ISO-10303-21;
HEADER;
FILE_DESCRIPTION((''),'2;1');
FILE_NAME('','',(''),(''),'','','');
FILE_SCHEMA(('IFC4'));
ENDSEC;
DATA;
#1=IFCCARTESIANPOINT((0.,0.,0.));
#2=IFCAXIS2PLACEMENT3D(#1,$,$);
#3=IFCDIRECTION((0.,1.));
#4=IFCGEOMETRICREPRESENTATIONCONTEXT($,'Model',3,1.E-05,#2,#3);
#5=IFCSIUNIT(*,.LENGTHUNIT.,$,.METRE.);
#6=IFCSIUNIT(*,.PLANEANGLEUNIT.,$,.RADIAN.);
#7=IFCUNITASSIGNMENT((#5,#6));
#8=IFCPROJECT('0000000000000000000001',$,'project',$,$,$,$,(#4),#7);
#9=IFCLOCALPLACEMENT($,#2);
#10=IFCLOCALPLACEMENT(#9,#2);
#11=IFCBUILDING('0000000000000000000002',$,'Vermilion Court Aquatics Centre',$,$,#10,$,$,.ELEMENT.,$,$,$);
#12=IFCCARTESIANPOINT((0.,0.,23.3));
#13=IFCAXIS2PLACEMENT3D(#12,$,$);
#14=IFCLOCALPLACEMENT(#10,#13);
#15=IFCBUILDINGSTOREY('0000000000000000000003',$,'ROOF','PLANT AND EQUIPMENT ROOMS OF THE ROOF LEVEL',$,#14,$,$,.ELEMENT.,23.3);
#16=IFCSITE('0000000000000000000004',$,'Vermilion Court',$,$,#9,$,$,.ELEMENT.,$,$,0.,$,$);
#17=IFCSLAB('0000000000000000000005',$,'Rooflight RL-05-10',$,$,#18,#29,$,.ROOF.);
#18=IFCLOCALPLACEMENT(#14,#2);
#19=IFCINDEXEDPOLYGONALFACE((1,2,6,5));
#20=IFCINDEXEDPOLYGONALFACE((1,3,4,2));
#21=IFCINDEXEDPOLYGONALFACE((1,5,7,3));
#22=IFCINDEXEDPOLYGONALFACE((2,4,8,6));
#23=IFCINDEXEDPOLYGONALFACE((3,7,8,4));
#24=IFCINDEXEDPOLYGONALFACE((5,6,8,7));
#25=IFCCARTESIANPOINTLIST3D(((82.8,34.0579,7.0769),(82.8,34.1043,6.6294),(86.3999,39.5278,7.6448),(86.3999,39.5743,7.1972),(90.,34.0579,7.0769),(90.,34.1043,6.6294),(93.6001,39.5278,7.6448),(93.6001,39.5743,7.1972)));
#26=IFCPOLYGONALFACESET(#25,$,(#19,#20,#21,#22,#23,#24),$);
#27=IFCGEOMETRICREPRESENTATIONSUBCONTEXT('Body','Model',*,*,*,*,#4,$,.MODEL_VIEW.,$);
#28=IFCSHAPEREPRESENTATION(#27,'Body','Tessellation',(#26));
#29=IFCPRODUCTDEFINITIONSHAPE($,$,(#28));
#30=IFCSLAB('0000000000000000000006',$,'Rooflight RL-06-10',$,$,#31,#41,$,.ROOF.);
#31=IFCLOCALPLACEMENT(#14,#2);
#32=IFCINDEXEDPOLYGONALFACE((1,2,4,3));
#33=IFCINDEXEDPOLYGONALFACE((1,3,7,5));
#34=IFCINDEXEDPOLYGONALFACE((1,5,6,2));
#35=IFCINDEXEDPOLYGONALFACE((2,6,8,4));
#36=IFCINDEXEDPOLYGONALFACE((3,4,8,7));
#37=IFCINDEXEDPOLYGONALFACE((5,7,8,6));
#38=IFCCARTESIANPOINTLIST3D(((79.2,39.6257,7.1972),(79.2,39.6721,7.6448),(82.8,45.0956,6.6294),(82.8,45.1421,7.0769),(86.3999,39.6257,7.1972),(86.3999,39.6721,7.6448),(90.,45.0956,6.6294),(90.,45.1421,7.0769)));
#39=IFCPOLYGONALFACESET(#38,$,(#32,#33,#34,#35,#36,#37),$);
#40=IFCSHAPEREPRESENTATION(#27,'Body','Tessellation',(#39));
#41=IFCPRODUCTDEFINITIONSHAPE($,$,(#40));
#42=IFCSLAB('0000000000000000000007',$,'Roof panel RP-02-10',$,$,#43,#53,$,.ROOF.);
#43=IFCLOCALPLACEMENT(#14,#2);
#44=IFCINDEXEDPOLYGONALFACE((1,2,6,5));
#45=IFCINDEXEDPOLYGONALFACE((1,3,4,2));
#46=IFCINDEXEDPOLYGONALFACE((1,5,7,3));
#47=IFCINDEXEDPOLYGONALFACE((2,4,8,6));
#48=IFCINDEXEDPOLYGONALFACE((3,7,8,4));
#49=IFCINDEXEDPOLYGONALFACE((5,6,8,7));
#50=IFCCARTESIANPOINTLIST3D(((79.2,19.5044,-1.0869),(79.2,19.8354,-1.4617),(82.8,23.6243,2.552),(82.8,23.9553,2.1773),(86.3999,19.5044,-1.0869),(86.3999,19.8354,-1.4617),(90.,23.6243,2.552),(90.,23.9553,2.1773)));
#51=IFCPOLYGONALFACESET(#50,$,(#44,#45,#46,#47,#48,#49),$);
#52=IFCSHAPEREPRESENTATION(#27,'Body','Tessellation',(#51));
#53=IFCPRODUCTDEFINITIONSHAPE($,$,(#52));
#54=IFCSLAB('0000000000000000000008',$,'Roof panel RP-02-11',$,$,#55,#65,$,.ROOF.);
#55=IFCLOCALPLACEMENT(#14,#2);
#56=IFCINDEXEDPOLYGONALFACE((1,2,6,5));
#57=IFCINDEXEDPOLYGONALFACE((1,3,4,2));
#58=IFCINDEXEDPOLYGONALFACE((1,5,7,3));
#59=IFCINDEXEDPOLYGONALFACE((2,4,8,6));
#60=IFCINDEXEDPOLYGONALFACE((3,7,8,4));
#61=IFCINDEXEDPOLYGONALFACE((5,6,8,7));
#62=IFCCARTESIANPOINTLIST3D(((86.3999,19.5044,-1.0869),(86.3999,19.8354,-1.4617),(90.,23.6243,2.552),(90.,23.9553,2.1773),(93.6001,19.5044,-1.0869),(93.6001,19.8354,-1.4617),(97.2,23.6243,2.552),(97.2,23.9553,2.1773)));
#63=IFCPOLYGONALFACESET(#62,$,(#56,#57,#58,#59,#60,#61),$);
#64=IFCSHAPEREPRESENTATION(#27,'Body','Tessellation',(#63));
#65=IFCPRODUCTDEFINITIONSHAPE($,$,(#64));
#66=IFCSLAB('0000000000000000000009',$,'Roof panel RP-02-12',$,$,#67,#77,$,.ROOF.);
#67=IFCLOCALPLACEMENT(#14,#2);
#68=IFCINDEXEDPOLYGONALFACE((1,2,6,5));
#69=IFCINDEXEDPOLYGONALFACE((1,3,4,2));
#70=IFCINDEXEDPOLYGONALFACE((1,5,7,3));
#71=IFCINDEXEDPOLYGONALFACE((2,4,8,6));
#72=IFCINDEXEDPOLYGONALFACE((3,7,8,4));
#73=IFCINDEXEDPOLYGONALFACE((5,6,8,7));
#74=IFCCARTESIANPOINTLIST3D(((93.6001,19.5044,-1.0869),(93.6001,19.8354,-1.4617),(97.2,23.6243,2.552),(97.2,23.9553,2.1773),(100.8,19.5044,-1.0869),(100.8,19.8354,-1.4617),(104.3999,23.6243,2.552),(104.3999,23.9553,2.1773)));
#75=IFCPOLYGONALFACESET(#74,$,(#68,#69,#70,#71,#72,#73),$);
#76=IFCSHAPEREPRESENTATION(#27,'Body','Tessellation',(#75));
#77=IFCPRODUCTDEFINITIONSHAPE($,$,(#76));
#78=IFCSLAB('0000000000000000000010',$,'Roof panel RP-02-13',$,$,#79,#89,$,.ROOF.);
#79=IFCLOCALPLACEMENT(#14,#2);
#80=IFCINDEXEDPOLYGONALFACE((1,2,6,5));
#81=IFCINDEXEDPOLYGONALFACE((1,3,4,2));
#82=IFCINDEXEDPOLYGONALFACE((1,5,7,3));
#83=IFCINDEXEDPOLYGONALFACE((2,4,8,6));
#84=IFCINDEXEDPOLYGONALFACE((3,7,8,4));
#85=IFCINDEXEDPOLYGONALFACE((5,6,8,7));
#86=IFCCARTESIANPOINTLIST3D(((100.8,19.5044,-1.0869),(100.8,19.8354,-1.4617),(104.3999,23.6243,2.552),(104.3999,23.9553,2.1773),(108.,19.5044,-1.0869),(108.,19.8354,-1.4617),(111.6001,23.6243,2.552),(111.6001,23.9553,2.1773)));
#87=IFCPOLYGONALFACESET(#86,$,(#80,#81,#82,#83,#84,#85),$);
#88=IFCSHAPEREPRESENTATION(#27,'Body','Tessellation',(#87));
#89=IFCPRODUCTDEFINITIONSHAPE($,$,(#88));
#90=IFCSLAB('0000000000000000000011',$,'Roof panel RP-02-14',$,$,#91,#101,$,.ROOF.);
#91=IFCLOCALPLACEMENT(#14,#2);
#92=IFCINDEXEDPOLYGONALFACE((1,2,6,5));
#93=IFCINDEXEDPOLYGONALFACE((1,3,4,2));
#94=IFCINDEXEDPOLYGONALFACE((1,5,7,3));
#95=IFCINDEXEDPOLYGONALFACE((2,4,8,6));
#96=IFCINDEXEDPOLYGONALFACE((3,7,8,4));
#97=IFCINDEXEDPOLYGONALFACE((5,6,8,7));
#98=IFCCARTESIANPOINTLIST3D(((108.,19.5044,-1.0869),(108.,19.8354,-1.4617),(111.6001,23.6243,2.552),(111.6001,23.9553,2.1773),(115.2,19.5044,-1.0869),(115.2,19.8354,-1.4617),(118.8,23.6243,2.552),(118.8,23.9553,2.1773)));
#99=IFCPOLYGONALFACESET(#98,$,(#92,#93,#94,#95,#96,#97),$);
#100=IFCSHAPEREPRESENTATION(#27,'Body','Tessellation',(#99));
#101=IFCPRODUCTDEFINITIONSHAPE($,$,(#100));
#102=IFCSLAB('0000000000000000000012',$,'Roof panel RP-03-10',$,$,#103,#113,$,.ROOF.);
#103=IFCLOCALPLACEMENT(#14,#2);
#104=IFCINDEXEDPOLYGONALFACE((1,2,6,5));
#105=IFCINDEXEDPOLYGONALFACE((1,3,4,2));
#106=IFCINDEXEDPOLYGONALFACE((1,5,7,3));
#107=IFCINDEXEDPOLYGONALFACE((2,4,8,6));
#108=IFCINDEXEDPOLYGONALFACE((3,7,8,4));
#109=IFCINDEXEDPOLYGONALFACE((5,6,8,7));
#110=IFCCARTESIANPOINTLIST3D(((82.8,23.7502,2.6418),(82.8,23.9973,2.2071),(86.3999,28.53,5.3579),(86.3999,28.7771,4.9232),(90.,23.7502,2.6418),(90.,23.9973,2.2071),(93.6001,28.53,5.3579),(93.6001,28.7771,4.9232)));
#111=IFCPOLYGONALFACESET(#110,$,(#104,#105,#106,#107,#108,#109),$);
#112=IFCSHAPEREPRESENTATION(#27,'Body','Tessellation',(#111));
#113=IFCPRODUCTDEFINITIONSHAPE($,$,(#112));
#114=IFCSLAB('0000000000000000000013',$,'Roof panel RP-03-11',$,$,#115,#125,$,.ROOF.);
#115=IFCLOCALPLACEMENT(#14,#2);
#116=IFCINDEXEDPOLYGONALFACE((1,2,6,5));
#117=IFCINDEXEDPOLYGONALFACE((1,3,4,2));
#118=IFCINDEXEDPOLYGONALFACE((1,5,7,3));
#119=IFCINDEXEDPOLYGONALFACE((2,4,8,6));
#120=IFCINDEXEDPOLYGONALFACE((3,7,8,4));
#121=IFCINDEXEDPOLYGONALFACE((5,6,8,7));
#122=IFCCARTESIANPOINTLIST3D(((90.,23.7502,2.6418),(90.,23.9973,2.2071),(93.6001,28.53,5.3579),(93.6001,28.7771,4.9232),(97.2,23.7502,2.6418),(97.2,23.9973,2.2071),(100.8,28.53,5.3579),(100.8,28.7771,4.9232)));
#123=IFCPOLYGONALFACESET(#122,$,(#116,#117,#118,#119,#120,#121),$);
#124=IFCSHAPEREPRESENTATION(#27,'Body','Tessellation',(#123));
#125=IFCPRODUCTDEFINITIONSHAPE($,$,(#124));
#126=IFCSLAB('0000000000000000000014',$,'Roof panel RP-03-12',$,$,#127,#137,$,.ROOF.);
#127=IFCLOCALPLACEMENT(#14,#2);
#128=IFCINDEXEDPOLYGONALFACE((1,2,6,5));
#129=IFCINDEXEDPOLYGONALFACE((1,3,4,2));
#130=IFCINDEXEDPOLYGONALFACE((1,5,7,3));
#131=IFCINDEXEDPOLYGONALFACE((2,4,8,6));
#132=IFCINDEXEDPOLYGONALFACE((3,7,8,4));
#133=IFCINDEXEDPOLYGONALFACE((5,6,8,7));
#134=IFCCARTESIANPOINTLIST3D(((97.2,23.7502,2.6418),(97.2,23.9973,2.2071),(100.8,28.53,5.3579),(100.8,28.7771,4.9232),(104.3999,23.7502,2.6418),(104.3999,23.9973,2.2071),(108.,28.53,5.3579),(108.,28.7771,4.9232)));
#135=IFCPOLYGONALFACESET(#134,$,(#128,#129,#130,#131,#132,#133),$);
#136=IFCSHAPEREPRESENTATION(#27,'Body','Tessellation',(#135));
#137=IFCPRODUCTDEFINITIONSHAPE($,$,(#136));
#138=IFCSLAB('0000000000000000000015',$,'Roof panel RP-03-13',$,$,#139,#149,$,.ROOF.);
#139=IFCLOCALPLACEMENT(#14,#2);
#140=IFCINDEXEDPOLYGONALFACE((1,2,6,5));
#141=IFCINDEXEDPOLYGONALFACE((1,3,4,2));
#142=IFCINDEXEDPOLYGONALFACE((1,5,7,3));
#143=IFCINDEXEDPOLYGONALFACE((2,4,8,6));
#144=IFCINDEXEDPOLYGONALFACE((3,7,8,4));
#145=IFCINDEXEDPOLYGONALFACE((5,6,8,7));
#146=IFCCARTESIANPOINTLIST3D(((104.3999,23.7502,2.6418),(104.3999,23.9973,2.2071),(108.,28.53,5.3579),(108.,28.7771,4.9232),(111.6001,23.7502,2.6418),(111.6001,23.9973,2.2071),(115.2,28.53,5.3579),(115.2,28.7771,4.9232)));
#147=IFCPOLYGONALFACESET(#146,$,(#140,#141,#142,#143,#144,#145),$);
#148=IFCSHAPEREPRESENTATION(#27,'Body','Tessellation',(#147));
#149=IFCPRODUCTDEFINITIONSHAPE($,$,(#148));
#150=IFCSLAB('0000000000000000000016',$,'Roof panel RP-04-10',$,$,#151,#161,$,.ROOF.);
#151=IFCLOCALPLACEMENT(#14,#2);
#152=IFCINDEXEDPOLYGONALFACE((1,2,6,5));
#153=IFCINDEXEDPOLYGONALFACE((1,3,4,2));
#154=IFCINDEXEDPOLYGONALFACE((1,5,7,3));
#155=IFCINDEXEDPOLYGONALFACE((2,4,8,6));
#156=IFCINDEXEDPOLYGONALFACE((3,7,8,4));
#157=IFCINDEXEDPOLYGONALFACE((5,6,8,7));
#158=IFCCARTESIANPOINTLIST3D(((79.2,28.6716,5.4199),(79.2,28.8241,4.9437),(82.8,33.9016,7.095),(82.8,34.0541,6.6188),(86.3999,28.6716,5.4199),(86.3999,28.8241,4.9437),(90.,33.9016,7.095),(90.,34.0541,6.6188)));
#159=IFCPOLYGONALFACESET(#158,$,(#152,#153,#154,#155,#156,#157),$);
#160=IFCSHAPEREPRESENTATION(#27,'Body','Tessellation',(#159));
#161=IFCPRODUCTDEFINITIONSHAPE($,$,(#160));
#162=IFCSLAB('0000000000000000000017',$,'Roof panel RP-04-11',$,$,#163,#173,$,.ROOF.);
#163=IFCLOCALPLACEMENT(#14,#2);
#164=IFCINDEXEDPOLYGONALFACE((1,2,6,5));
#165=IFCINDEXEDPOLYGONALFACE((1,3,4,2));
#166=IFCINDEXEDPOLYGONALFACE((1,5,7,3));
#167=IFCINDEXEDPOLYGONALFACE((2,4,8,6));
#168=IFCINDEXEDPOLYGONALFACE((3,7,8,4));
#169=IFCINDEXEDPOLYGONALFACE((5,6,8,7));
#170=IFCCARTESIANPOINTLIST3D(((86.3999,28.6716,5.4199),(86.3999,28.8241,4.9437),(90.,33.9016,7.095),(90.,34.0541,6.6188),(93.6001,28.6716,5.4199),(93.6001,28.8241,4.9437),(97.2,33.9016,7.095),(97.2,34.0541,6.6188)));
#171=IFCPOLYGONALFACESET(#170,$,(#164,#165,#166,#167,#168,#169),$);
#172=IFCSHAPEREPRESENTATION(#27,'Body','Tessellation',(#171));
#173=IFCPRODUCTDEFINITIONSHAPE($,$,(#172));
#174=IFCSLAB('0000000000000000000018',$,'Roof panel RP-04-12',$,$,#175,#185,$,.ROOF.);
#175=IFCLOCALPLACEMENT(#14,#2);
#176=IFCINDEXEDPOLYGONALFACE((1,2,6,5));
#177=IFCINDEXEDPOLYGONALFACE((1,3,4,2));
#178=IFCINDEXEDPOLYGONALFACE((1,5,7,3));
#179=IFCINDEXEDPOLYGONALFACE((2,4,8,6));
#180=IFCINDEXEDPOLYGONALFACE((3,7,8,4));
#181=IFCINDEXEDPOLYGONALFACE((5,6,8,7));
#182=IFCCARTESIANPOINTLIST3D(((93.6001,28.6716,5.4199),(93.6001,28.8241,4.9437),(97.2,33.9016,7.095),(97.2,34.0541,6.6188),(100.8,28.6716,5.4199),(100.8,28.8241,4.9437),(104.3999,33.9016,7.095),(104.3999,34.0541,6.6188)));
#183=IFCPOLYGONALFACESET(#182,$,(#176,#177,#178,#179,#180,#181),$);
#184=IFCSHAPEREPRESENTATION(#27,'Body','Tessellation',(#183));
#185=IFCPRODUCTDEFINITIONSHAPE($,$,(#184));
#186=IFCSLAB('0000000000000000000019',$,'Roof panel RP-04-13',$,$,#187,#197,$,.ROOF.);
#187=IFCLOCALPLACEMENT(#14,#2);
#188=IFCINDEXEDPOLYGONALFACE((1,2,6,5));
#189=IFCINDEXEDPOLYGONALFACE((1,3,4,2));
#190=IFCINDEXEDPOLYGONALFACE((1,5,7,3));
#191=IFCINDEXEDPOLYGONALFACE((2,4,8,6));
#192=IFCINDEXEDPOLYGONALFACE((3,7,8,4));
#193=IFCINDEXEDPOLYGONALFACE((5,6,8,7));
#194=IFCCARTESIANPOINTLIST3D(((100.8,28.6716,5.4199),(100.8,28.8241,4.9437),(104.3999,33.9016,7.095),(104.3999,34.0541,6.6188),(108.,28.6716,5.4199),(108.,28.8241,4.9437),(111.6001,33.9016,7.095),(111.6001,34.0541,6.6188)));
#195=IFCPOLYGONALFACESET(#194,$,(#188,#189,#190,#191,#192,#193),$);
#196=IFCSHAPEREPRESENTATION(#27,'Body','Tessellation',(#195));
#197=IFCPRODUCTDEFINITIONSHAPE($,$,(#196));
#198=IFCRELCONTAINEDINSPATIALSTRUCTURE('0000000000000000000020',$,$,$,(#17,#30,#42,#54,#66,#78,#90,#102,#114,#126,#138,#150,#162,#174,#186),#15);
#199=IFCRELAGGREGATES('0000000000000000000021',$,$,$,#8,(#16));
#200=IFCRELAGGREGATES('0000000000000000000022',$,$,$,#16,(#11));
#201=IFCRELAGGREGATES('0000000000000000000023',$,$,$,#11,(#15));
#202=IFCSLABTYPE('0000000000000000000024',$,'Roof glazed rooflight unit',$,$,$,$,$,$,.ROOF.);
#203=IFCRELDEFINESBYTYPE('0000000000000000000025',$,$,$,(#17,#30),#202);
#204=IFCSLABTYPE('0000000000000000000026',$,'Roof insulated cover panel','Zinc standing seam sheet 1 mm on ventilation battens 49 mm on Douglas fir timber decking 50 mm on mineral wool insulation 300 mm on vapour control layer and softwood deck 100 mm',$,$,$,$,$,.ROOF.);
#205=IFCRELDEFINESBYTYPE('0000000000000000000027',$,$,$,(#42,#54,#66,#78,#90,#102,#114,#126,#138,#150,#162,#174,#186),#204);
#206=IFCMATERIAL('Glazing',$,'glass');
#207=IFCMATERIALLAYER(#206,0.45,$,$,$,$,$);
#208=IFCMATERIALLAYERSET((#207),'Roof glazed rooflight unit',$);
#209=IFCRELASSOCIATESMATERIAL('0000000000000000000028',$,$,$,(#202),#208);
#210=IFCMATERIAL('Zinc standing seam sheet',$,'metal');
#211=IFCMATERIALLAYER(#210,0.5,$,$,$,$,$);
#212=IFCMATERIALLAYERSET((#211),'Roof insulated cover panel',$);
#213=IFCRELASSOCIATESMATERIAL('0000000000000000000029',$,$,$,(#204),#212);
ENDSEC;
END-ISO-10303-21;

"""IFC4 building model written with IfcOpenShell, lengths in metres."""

from ifc_helpers import new_model, si_unit, direction, frame, origin, place, context, subcontext, project, spatial, polyline, outline, extrude, material, layer, layer_set, type_object, element, save


model = new_model("IFC4")

# Units and contexts
model_context = context("Model", 3, precision=1e-05, world=origin(), true_north=direction((0.0, 1.0)))
body_context = subcontext(model_context, "Body", "Model", "MODEL_VIEW")
ifc_project = project(units=[si_unit("LENGTHUNIT", "METRE"), si_unit("PLANEANGLEUNIT", "RADIAN")], contexts=[model_context])

# Site, building, storey
site_placement = place(None, origin())
site = spatial("IfcSite", under=ifc_project, at=site_placement, Name="Vermilion Court", CompositionType="ELEMENT", RefElevation=0.0)
building_placement = place(site_placement, origin())
building = spatial("IfcBuilding", under=site, at=building_placement, Name="Vermilion Court Aquatics Centre", CompositionType="ELEMENT")
storey_placement = place(building_placement, frame((0.0, 0.0, 23.3)))
storey = spatial("IfcBuildingStorey", under=building, at=storey_placement, Name="ROOF", Description="PLANT AND EQUIPMENT ROOMS OF THE ROOF LEVEL", CompositionType="ELEMENT", Elevation=23.3)

# Slabs
ifc_material_1 = material(Name="Glazing", Category="glass")
ifc_layer_1 = layer(ifc_material_1, 0.45)
ifc_layer_set_1 = layer_set([ifc_layer_1], Name="Roof glazed rooflight unit")
slab_type_1 = type_object("IfcSlabType", Name="Roof glazed rooflight unit", PredefinedType="ROOF", material=ifc_layer_set_1)
slab_1_placement = place(storey_placement, frame((82.8, 34.0579, 7.0769), z_axis=(0.0, -0.103261, 0.994654), x_axis=(1.0, 0.0, 0.0)))
element("IfcSlab", 1, at=slab_1_placement, inside=storey, type_object=slab_type_1, Name="Rooflight RL-05-10", PredefinedType="ROOF", context=body_context, shape_type="SweptSolid", body=[
    extrude(outline(polyline([(0.0, 0.0), (7.2, 0.0), (10.8, 5.4994), (3.5999, 5.4994), (0.0, 0.0)])), origin(), (0.0, 0.0, -1.0), 0.45),
])
slab_2_placement = place(storey_placement, frame((79.2, 39.6721, 7.6448), z_axis=(0.0, 0.103261, 0.994654), x_axis=(1.0, 0.0, 0.0)))
element("IfcSlab", 2, at=slab_2_placement, inside=storey, type_object=slab_type_1, Name="Rooflight RL-06-10", PredefinedType="ROOF", context=body_context, shape_type="SweptSolid", body=[
    extrude(outline(polyline([(0.0, 0.0), (7.2, 0.0), (10.8, 5.4994), (3.6001, 5.4994), (0.0, 0.0)])), origin(), (0.0, 0.0, -1.0), 0.45),
])
ifc_material_2 = material(Name="Zinc standing seam sheet", Category="metal")
ifc_layer_2 = layer(ifc_material_2, 0.5)
ifc_layer_set_2 = layer_set([ifc_layer_2], Name="Roof insulated cover panel")
slab_type_2 = type_object("IfcSlabType", Name="Roof insulated cover panel", Description="Zinc standing seam sheet 1 mm on ventilation battens 49 mm on Douglas fir timber decking 50 mm on mineral wool insulation 300 mm on vapour control layer and softwood deck 100 mm", PredefinedType="ROOF", material=ifc_layer_set_2)
slab_3_placement = place(storey_placement, frame((79.2, 19.5044, -1.0869), z_axis=(0.0, -0.662003, 0.749501), x_axis=(1.0, 0.0, 0.0)))
element("IfcSlab", 3, at=slab_3_placement, inside=storey, type_object=slab_type_2, Name="Roof panel RP-02-10", PredefinedType="ROOF", context=body_context, shape_type="SweptSolid", body=[
    extrude(outline(polyline([(0.0, 0.0), (7.2, 0.0), (10.8, 5.4968), (3.6001, 5.4968), (0.0, 0.0)])), origin(), (0.0, 0.0, -1.0), 0.5),
])
slab_4_placement = place(storey_placement, frame((86.3999, 19.5044, -1.0869), z_axis=(0.0, -0.662003, 0.749501), x_axis=(1.0, 0.0, 0.0)))
element("IfcSlab", 4, at=slab_4_placement, inside=storey, type_object=slab_type_2, Name="Roof panel RP-02-11", PredefinedType="ROOF", context=body_context, shape_type="SweptSolid", body=[
    extrude(outline(polyline([(0.0, 0.0), (7.2002, 0.0), (10.8, 5.4968), (3.6001, 5.4968), (0.0, 0.0)])), origin(), (0.0, 0.0, -1.0), 0.5),
])
slab_5_placement = place(storey_placement, frame((93.6001, 19.5044, -1.0869), z_axis=(0.0, -0.662003, 0.749501), x_axis=(1.0, 0.0, 0.0)))
element("IfcSlab", 5, at=slab_5_placement, inside=storey, type_object=slab_type_2, Name="Roof panel RP-02-12", PredefinedType="ROOF", context=body_context, shape_type="SweptSolid", body=[
    extrude(outline(polyline([(0.0, 0.0), (7.2, 0.0), (10.7998, 5.4968), (3.5999, 5.4968), (0.0, 0.0)])), origin(), (0.0, 0.0, -1.0), 0.5),
])
slab_6_placement = place(storey_placement, frame((100.8, 19.5044, -1.0869), z_axis=(0.0, -0.662003, 0.749501), x_axis=(1.0, 0.0, 0.0)))
element("IfcSlab", 6, at=slab_6_placement, inside=storey, type_object=slab_type_2, Name="Roof panel RP-02-13", PredefinedType="ROOF", context=body_context, shape_type="SweptSolid", body=[
    extrude(outline(polyline([(0.0, 0.0), (7.2, 0.0), (10.8, 5.4968), (3.5999, 5.4968), (0.0, 0.0)])), origin(), (0.0, 0.0, -1.0), 0.5),
])
slab_7_placement = place(storey_placement, frame((108.0, 19.5044, -1.0869), z_axis=(0.0, -0.662003, 0.749501), x_axis=(1.0, 0.0, 0.0)))
element("IfcSlab", 7, at=slab_7_placement, inside=storey, type_object=slab_type_2, Name="Roof panel RP-02-14", PredefinedType="ROOF", context=body_context, shape_type="SweptSolid", body=[
    extrude(outline(polyline([(0.0, 0.0), (7.2, 0.0), (10.8, 5.4968), (3.6001, 5.4968), (0.0, 0.0)])), origin(), (0.0, 0.0, -1.0), 0.5),
])
slab_8_placement = place(storey_placement, frame((82.8, 23.7502, 2.6418), z_axis=(0.0, -0.494048, 0.869435), x_axis=(1.0, 0.0, 0.0)))
element("IfcSlab", 8, at=slab_8_placement, inside=storey, type_object=slab_type_2, Name="Roof panel RP-03-10", PredefinedType="ROOF", context=body_context, shape_type="SweptSolid", body=[
    extrude(outline(polyline([(0.0, 0.0), (7.2, 0.0), (10.8, 5.4976), (3.5999, 5.4976), (0.0, 0.0)])), origin(), (0.0, 0.0, -1.0), 0.5),
])
for number, where, z_axis, x_axis, name in (
    (9, (90.0, 23.7502, 2.6418), (0.0, -0.494048, 0.869435), (1.0, 0.0, 0.0), "Roof panel RP-03-11"),
    (10, (97.2, 23.7502, 2.6418), (0.0, -0.494048, 0.869435), (1.0, 0.0, 0.0), "Roof panel RP-03-12"),
):
    element("IfcSlab", number, at=place(storey_placement, frame(where, z_axis=z_axis, x_axis=x_axis)), inside=storey, type_object=slab_type_2, Name=name, PredefinedType="ROOF", context=body_context, shape_type="SweptSolid", body=[
        extrude(outline(polyline([(0.0, 0.0), (7.2, 0.0), (10.8, 5.4976), (3.6001, 5.4976), (0.0, 0.0)])), origin(), (0.0, 0.0, -1.0), 0.5),
    ])
slab_9_placement = place(storey_placement, frame((104.3999, 23.7502, 2.6418), z_axis=(0.0, -0.494048, 0.869435), x_axis=(1.0, 0.0, 0.0)))
element("IfcSlab", 11, at=slab_9_placement, inside=storey, type_object=slab_type_2, Name="Roof panel RP-03-13", PredefinedType="ROOF", context=body_context, shape_type="SweptSolid", body=[
    extrude(outline(polyline([(0.0, 0.0), (7.2002, 0.0), (10.8, 5.4976), (3.6001, 5.4976), (0.0, 0.0)])), origin(), (0.0, 0.0, -1.0), 0.5),
])
slab_10_placement = place(storey_placement, frame((79.2, 28.6716, 5.4199), z_axis=(0.0, -0.305016, 0.952347), x_axis=(1.0, 0.0, 0.0)))
element("IfcSlab", 12, at=slab_10_placement, inside=storey, type_object=slab_type_2, Name="Roof panel RP-04-10", PredefinedType="ROOF", context=body_context, shape_type="SweptSolid", body=[
    extrude(outline(polyline([(0.0, 0.0), (7.2, 0.0), (10.8, 5.4917), (3.6001, 5.4917), (0.0, 0.0)])), origin(), (0.0, 0.0, -1.0), 0.5),
])
slab_11_placement = place(storey_placement, frame((86.3999, 28.6716, 5.4199), z_axis=(0.0, -0.305016, 0.952347), x_axis=(1.0, 0.0, 0.0)))
element("IfcSlab", 13, at=slab_11_placement, inside=storey, type_object=slab_type_2, Name="Roof panel RP-04-11", PredefinedType="ROOF", context=body_context, shape_type="SweptSolid", body=[
    extrude(outline(polyline([(0.0, 0.0), (7.2002, 0.0), (10.8, 5.4917), (3.6001, 5.4917), (0.0, 0.0)])), origin(), (0.0, 0.0, -1.0), 0.5),
])
slab_12_placement = place(storey_placement, frame((93.6001, 28.6716, 5.4199), z_axis=(0.0, -0.305016, 0.952347), x_axis=(1.0, 0.0, 0.0)))
element("IfcSlab", 14, at=slab_12_placement, inside=storey, type_object=slab_type_2, Name="Roof panel RP-04-12", PredefinedType="ROOF", context=body_context, shape_type="SweptSolid", body=[
    extrude(outline(polyline([(0.0, 0.0), (7.2, 0.0), (10.7998, 5.4917), (3.5999, 5.4917), (0.0, 0.0)])), origin(), (0.0, 0.0, -1.0), 0.5),
])
slab_13_placement = place(storey_placement, frame((100.8, 28.6716, 5.4199), z_axis=(0.0, -0.305016, 0.952347), x_axis=(1.0, 0.0, 0.0)))
element("IfcSlab", 15, at=slab_13_placement, inside=storey, type_object=slab_type_2, Name="Roof panel RP-04-13", PredefinedType="ROOF", context=body_context, shape_type="SweptSolid", body=[
    extrude(outline(polyline([(0.0, 0.0), (7.2, 0.0), (10.8, 5.4917), (3.5999, 5.4917), (0.0, 0.0)])), origin(), (0.0, 0.0, -1.0), 0.5),
])

save(model, "model.ifc")
